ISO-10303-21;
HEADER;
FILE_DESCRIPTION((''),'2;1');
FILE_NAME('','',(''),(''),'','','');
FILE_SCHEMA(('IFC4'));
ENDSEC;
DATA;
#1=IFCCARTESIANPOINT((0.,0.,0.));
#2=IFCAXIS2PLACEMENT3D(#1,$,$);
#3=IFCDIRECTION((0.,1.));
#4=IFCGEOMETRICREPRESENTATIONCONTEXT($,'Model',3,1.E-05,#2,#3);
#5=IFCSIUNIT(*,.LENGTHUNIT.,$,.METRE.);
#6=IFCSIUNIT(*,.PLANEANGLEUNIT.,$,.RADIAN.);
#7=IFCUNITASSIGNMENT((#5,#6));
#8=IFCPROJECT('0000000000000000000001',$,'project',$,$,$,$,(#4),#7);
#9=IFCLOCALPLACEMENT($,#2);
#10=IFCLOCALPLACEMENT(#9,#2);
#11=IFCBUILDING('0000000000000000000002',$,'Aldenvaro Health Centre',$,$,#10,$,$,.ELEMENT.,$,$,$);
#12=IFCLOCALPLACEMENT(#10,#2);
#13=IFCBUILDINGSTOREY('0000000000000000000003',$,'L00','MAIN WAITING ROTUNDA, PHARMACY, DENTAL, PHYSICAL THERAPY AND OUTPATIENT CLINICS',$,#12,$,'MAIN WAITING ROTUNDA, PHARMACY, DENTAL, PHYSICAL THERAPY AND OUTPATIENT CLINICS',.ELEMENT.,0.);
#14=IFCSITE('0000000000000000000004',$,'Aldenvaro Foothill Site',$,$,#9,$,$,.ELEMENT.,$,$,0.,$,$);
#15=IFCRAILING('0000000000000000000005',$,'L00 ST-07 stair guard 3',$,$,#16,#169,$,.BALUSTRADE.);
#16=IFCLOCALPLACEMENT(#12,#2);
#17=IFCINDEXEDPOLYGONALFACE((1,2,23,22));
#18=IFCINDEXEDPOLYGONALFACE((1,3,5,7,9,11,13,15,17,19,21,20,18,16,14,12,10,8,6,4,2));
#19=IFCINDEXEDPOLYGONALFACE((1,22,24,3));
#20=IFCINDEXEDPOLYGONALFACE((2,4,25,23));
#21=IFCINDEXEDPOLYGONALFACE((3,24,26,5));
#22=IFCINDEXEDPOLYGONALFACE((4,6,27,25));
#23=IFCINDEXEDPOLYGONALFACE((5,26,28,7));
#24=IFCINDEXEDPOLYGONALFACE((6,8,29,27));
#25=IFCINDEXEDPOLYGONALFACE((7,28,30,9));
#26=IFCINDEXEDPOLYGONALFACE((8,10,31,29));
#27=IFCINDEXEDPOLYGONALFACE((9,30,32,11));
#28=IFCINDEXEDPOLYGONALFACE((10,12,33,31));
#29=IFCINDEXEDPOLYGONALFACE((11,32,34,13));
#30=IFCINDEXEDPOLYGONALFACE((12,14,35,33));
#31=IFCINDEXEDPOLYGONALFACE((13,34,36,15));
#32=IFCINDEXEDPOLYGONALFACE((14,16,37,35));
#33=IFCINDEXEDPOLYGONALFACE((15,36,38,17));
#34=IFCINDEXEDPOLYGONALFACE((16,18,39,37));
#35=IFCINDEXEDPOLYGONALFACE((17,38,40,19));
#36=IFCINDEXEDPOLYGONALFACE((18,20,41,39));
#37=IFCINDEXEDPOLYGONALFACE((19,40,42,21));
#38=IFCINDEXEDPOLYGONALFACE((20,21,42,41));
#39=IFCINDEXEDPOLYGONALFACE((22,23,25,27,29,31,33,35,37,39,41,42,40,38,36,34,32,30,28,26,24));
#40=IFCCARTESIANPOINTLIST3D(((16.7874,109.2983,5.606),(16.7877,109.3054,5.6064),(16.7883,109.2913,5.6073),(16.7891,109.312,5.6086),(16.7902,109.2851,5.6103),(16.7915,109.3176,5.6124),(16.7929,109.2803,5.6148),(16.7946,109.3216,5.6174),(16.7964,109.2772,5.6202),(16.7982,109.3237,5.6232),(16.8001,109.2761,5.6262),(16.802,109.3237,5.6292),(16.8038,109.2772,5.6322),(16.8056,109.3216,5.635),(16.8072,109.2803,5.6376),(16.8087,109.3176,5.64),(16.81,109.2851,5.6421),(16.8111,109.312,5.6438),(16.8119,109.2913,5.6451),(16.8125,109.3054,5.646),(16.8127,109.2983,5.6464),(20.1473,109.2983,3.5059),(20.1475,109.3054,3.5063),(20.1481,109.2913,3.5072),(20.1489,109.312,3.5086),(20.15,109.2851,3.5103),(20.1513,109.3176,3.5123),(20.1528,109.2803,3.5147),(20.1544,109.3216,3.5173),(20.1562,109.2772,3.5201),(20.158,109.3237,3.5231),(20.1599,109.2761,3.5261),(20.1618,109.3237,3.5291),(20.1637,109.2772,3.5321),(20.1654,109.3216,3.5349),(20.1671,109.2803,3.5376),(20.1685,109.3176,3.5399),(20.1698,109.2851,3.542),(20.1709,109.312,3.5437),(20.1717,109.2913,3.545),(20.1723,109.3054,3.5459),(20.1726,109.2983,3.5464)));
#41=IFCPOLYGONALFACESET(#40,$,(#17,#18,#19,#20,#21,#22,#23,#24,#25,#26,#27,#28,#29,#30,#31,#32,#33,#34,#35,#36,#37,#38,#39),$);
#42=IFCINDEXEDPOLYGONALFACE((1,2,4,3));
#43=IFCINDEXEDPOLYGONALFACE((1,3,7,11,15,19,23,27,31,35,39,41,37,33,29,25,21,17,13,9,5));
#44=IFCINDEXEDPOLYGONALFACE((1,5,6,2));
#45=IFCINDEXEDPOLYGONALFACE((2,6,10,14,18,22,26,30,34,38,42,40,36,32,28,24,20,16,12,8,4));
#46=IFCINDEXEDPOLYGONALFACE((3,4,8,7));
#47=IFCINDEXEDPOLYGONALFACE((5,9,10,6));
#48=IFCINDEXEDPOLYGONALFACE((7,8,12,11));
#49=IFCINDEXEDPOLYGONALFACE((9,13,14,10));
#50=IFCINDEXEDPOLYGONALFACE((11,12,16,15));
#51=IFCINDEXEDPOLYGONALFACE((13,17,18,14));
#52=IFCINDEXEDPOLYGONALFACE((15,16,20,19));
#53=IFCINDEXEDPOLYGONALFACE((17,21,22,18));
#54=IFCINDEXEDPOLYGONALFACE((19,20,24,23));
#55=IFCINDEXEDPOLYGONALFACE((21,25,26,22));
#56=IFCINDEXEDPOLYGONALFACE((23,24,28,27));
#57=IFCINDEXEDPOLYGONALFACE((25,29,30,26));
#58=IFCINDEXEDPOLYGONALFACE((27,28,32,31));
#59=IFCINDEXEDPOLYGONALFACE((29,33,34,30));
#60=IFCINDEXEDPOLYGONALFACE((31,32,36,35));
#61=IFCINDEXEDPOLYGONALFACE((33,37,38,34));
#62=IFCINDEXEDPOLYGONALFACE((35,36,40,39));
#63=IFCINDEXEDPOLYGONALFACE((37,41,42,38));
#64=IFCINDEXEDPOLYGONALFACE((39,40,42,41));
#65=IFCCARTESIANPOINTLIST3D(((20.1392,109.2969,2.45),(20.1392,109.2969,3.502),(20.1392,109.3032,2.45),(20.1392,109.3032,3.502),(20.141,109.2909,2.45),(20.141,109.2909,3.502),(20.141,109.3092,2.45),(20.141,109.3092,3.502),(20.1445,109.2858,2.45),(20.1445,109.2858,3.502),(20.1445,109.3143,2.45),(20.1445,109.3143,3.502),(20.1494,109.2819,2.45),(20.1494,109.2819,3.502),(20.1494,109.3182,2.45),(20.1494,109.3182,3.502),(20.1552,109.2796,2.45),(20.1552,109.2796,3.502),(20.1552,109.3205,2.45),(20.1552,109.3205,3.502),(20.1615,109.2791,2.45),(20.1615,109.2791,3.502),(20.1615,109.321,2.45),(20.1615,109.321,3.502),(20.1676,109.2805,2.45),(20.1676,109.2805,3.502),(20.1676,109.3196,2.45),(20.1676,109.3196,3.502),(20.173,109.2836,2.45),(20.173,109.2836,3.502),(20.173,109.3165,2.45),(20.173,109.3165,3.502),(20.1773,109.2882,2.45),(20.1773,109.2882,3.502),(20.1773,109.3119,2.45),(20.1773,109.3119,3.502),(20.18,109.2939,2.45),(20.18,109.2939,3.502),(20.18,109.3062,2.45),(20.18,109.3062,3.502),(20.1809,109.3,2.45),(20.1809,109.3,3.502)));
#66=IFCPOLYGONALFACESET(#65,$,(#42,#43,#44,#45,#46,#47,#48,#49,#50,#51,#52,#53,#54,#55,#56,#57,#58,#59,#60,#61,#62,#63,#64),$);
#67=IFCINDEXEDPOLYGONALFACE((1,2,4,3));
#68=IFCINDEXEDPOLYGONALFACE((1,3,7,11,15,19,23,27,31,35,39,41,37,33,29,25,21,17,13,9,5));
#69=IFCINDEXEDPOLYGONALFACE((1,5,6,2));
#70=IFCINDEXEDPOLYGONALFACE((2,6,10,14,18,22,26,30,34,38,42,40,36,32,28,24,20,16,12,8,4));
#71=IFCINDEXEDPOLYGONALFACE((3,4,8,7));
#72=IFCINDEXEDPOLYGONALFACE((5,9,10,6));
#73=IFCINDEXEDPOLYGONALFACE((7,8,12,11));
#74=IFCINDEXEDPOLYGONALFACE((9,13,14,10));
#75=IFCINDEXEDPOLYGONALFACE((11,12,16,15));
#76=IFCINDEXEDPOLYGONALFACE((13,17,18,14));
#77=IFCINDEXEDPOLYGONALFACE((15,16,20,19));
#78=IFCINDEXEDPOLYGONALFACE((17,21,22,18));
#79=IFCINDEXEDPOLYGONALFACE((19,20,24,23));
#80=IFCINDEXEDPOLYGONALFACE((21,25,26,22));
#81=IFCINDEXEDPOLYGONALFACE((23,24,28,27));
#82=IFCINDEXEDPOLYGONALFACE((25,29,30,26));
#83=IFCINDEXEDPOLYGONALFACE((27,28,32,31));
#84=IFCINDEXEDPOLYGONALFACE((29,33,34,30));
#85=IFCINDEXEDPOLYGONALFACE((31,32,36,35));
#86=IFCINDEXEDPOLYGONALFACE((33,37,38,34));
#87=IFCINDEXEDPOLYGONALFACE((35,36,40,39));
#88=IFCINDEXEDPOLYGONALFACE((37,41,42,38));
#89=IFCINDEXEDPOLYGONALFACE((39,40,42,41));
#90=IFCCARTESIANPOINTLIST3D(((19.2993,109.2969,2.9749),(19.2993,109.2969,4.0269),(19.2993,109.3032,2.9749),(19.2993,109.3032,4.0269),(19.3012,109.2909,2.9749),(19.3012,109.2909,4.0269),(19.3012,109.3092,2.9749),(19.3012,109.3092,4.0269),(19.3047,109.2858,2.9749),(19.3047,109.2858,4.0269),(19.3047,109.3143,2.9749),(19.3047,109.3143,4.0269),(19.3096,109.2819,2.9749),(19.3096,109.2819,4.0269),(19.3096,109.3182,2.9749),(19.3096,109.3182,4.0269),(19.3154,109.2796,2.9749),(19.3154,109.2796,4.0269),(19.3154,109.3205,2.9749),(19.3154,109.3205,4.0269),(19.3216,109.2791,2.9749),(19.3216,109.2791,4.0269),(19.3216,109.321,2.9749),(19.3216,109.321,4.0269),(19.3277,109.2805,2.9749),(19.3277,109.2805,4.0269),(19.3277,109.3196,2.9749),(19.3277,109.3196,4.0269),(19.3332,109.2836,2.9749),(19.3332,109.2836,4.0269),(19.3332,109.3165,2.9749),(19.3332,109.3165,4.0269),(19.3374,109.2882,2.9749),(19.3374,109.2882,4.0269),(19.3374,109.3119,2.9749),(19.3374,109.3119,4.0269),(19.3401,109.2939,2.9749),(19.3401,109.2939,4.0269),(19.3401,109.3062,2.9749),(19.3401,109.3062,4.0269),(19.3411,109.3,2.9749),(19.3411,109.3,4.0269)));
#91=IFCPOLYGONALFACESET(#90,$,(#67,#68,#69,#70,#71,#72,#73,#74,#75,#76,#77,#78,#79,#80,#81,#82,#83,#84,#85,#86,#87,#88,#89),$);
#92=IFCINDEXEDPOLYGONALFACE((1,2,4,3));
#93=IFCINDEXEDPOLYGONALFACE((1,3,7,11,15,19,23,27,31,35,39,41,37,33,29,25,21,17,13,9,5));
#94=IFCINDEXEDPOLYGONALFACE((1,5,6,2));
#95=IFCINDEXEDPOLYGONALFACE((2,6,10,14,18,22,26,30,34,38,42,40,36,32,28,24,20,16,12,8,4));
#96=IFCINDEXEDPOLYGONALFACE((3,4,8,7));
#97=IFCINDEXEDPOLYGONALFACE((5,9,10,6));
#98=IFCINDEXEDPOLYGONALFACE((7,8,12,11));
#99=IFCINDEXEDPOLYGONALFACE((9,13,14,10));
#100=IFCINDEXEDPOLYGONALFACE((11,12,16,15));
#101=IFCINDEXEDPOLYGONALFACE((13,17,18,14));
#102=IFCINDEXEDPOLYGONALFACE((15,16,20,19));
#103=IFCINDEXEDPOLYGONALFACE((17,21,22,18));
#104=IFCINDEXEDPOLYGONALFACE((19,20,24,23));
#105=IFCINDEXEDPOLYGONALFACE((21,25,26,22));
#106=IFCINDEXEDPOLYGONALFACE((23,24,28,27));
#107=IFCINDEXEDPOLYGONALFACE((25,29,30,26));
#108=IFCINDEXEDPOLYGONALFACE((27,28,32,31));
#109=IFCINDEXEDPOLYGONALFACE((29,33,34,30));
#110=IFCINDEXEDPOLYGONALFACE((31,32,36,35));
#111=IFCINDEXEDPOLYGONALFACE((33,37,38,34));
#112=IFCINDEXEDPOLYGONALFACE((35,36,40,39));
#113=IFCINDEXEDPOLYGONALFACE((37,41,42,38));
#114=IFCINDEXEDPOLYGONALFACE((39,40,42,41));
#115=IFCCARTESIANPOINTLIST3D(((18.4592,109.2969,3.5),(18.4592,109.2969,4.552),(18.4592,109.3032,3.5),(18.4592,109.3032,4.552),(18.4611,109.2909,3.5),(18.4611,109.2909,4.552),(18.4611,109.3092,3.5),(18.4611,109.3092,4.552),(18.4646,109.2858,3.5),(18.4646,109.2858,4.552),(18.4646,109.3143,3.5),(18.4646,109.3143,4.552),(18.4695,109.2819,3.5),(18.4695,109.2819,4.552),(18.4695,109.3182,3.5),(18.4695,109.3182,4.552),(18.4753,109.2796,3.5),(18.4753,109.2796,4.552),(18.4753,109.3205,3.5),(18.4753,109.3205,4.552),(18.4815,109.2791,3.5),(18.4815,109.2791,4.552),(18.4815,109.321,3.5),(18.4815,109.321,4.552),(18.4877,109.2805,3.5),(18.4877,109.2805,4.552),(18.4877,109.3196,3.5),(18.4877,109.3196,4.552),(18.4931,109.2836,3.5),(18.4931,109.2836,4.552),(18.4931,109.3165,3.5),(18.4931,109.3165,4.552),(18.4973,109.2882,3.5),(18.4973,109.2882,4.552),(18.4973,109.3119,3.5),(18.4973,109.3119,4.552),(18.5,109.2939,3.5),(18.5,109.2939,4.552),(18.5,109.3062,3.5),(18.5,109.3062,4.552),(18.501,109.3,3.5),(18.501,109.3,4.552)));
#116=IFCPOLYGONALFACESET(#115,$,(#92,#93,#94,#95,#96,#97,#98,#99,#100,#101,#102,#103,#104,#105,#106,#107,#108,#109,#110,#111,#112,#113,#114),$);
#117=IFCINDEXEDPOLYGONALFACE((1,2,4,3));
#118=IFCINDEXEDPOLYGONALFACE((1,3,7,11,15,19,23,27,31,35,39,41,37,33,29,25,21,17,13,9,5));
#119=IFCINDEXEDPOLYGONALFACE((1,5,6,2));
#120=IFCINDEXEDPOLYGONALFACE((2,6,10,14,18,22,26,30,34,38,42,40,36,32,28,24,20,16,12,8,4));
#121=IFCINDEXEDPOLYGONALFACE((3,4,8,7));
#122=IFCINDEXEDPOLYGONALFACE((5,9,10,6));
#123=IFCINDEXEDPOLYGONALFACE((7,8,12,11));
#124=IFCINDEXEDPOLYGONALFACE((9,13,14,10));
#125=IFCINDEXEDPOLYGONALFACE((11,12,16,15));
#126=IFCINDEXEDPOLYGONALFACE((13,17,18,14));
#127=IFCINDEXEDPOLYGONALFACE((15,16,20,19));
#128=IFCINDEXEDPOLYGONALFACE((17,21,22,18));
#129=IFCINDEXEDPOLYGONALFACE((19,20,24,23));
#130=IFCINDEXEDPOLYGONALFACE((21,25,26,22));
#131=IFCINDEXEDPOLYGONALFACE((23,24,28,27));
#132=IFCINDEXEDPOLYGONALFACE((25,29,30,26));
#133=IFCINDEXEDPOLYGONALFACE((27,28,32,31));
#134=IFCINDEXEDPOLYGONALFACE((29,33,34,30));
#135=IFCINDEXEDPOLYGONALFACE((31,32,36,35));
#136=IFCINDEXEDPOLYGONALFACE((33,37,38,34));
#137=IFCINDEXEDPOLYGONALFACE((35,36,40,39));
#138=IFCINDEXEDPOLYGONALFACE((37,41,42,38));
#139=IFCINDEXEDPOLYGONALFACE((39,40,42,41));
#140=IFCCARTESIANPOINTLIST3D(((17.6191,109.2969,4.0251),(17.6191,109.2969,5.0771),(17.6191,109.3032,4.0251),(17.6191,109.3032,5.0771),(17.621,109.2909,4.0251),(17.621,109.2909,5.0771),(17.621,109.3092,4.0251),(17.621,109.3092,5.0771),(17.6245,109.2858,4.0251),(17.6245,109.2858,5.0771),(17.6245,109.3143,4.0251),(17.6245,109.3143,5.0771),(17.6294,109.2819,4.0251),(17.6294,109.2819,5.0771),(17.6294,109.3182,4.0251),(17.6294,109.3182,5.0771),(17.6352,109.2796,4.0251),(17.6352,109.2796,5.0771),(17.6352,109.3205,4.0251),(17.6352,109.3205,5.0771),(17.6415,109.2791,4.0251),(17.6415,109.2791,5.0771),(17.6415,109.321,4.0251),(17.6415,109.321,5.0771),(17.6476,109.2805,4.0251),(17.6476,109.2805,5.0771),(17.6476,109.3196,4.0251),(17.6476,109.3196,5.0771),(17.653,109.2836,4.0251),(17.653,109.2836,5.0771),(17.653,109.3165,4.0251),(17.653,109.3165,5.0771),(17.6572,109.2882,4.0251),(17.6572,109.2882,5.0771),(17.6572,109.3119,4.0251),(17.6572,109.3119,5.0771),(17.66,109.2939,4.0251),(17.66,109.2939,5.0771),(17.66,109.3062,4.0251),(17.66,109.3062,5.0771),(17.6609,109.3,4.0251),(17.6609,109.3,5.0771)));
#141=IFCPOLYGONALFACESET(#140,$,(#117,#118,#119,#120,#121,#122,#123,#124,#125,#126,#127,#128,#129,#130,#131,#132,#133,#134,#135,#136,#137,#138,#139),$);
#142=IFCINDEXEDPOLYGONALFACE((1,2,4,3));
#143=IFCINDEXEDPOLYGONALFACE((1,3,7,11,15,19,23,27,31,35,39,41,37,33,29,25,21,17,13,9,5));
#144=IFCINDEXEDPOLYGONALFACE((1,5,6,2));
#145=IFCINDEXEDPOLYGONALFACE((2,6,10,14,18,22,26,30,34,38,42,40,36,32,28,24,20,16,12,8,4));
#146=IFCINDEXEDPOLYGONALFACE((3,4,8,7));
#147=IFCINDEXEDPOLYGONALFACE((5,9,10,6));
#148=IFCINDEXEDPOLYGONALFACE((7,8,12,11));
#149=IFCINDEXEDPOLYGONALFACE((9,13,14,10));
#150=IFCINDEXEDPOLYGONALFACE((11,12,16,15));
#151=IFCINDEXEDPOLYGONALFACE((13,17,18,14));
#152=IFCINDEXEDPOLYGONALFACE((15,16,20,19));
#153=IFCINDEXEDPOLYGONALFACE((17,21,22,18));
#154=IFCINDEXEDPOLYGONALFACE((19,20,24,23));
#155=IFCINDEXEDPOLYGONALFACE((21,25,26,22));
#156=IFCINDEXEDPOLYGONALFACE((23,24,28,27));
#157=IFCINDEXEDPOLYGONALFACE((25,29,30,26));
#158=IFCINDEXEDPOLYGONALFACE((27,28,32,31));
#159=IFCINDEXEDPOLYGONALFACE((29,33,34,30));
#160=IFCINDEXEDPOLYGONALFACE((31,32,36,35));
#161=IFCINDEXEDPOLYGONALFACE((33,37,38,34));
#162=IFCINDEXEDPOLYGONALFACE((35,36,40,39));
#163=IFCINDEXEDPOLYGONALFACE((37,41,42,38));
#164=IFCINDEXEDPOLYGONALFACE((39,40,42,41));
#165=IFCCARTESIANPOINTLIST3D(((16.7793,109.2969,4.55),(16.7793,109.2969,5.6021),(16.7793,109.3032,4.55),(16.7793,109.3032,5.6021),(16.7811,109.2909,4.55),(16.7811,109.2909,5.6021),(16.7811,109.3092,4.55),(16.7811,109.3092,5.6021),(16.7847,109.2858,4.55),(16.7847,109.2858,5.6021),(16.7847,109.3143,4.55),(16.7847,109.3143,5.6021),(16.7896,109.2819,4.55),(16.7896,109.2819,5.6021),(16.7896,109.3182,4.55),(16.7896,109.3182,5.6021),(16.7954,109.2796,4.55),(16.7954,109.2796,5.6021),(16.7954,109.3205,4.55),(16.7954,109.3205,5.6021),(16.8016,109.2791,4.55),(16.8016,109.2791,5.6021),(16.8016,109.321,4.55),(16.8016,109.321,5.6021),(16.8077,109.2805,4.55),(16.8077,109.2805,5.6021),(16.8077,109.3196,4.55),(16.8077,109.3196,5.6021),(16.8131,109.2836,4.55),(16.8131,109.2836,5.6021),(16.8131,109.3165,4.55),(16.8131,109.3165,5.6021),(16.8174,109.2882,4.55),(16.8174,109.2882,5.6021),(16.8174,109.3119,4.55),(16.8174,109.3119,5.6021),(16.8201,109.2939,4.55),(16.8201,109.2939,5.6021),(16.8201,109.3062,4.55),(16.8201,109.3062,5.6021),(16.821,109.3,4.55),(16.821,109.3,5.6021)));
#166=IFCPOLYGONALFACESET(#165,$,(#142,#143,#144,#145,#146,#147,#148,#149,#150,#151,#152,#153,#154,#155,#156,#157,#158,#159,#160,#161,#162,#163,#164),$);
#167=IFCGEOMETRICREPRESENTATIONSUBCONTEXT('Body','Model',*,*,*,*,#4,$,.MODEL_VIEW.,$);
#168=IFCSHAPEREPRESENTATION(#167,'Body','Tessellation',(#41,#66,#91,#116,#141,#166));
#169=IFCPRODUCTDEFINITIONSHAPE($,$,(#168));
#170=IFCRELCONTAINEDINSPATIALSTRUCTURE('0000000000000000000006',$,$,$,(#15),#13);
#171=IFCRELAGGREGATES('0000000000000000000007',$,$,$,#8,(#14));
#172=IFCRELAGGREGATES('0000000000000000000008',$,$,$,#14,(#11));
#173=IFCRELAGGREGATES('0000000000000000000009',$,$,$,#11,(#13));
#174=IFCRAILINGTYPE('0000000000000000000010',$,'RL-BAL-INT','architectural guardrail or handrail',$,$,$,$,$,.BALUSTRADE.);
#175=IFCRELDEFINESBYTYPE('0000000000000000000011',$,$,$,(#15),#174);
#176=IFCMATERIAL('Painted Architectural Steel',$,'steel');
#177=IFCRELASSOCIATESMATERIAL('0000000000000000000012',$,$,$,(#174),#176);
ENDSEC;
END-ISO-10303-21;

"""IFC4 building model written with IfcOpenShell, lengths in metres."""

from ifc_helpers import new_model, si_unit, direction, frame, origin, origin_2d, place, context, subcontext, project, spatial, circle, extrude, material, type_object, element, save


model = new_model("IFC4")

# Units and contexts
model_context = context("Model", 3, precision=1e-05, world=origin(), true_north=direction((0.0, 1.0)))
body_context = subcontext(model_context, "Body", "Model", "MODEL_VIEW")
ifc_project = project(units=[si_unit("LENGTHUNIT", "METRE"), si_unit("PLANEANGLEUNIT", "RADIAN")], contexts=[model_context])

# Site, building, storey
site_placement = place(None, origin())
site = spatial("IfcSite", under=ifc_project, at=site_placement, Name="Aldenvaro Foothill Site", CompositionType="ELEMENT", RefElevation=0.0)
building_placement = place(site_placement, origin())
building = spatial("IfcBuilding", under=site, at=building_placement, Name="Aldenvaro Health Centre", CompositionType="ELEMENT")
storey_placement = place(building_placement, origin())
storey = spatial("IfcBuildingStorey", under=building, at=storey_placement, Name="L00", Description="MAIN WAITING ROTUNDA, PHARMACY, DENTAL, PHYSICAL THERAPY AND OUTPATIENT CLINICS", LongName="MAIN WAITING ROTUNDA, PHARMACY, DENTAL, PHYSICAL THERAPY AND OUTPATIENT CLINICS", CompositionType="ELEMENT", Elevation=0.0)

# Railing
ifc_material_1 = material(Name="Painted Architectural Steel", Category="steel")
railing_type_1 = type_object("IfcRailingType", Name="RL-BAL-INT", Description="architectural guardrail or handrail", PredefinedType="BALUSTRADE", material=ifc_material_1)
railing_1_placement = place(storey_placement, frame((20.1599, 109.3, 2.45)))
element("IfcRailing", 1, at=railing_1_placement, inside=storey, type_object=railing_type_1, Name="L00 ST-07 stair guard 3", PredefinedType="BALUSTRADE", context=body_context, shape_type="SweptSolid", body=[
    extrude(circle(Radius=0.0239, at=origin_2d()), frame((0.0, 0.0, 1.0762), z_axis=(-0.847978, 0.0, 0.530032), x_axis=(0.0, -1.0, 0.0)), (0.0, 0.0, 1.0), 3.9622),
    extrude(circle(Radius=0.021, at=origin_2d()), origin(), (0.0, 0.0, 1.0), 1.052),
    extrude(circle(Radius=0.021, at=origin_2d()), frame((-0.8398, 0.0, 0.5249)), (0.0, 0.0, 1.0), 1.052),
    extrude(circle(Radius=0.021, at=origin_2d()), frame((-1.6799, 0.0, 1.05)), (0.0, 0.0, 1.0), 1.052),
    extrude(circle(Radius=0.021, at=origin_2d()), frame((-2.52, 0.0, 1.5752)), (0.0, 0.0, 1.0), 1.052),
    extrude(circle(Radius=0.021, at=origin_2d()), frame((-3.3599, 0.0, 2.1001)), (0.0, 0.0, 1.0), 1.052),
])

save(model, "model.ifc")
